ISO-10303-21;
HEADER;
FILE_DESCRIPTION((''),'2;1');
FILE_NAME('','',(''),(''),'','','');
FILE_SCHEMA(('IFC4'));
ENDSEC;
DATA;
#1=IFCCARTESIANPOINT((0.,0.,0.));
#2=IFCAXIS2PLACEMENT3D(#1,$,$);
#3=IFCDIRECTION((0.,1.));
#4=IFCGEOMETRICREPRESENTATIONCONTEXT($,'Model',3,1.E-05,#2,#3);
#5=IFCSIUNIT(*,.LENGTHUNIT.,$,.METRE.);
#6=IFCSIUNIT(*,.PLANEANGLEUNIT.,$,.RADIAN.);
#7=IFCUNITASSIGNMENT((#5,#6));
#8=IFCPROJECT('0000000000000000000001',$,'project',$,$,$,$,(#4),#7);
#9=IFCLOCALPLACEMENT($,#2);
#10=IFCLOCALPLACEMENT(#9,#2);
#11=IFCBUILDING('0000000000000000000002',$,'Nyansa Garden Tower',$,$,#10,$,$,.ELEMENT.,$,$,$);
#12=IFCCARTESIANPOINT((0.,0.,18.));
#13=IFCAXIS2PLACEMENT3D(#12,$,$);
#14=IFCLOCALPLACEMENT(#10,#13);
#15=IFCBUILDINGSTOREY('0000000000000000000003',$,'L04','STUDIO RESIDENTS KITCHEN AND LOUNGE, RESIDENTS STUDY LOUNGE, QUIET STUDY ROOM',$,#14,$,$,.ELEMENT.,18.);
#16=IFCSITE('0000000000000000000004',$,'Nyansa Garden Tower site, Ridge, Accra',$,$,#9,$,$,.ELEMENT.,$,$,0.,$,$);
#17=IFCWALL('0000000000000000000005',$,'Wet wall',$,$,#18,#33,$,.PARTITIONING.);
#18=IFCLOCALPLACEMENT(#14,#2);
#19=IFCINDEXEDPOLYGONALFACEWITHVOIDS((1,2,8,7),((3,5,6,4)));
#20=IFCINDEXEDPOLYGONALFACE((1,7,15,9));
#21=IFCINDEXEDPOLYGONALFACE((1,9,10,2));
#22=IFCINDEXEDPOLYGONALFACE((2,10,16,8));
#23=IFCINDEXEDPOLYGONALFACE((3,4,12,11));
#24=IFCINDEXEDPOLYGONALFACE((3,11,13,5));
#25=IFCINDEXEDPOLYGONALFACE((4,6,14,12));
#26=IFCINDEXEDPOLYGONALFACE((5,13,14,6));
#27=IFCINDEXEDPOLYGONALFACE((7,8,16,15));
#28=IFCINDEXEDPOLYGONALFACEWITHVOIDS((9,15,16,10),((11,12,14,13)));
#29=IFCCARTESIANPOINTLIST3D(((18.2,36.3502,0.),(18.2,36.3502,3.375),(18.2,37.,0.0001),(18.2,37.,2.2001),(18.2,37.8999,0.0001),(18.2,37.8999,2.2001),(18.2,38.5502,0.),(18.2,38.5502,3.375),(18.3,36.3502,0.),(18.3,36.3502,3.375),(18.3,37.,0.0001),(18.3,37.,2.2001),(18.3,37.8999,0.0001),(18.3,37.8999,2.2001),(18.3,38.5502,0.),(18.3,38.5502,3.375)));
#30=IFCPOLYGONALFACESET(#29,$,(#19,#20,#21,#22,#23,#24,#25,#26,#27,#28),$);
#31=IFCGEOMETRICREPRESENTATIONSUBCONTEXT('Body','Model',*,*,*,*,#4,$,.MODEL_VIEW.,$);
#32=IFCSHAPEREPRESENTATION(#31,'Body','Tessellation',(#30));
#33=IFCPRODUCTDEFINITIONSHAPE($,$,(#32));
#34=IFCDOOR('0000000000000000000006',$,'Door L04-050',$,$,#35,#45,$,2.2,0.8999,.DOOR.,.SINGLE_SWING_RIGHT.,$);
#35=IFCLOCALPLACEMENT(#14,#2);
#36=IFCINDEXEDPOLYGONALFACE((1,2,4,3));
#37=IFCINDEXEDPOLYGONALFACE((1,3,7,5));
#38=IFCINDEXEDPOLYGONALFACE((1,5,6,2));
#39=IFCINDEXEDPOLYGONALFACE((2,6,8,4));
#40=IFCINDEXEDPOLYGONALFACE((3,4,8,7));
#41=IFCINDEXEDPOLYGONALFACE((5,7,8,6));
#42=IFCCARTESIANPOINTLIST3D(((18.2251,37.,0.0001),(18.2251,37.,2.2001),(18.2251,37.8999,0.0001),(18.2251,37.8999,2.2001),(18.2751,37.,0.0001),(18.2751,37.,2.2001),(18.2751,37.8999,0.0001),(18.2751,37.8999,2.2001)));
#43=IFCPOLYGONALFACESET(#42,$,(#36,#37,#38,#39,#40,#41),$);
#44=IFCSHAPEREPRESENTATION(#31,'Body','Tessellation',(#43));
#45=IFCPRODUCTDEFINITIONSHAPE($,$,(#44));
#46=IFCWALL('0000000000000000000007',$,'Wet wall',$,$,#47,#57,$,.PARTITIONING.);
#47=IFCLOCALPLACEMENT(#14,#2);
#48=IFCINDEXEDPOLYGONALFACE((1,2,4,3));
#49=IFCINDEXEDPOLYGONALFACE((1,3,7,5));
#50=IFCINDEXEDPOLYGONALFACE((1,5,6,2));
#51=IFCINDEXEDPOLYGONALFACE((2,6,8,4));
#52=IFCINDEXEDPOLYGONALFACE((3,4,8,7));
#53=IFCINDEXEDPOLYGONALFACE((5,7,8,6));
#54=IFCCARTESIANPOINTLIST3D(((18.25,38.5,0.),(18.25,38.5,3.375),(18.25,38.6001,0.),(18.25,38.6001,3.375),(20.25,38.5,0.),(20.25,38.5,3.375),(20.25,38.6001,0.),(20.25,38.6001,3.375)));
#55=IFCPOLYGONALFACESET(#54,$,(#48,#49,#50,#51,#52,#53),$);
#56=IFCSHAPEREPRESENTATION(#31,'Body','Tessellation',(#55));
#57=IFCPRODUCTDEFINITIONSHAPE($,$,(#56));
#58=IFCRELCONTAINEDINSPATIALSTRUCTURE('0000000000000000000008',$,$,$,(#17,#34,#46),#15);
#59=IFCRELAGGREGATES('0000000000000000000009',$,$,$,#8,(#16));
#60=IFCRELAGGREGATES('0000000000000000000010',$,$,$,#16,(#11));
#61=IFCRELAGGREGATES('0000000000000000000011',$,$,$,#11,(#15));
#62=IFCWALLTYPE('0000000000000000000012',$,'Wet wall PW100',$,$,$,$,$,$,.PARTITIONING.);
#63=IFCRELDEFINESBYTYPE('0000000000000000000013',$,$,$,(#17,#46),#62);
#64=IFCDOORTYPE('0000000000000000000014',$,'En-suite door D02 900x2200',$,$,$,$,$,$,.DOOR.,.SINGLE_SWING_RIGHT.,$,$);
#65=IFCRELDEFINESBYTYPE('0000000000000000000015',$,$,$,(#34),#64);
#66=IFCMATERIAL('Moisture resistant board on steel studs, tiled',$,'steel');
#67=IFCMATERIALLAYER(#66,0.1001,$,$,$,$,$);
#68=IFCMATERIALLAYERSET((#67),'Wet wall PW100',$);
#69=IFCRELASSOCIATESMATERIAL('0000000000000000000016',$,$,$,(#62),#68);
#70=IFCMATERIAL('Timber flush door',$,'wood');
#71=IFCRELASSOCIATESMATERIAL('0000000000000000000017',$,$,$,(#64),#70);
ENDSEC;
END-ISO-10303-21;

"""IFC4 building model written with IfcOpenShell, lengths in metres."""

from ifc_helpers import new_model, si_unit, direction, frame, frame_2d, origin, place, context, subcontext, project, spatial, rectangle, extrude, material, layer, layer_set, type_object, element, fill, save


model = new_model("IFC4")

# Units and contexts
model_context = context("Model", 3, precision=1e-05, world=origin(), true_north=direction((0.0, 1.0)))
body_context = subcontext(model_context, "Body", "Model", "MODEL_VIEW")
ifc_project = project(units=[si_unit("LENGTHUNIT", "METRE"), si_unit("PLANEANGLEUNIT", "RADIAN")], contexts=[model_context])

# Site, building, storey
site_placement = place(None, origin())
site = spatial("IfcSite", under=ifc_project, at=site_placement, Name="Nyansa Garden Tower site, Ridge, Accra", CompositionType="ELEMENT", RefElevation=0.0)
building_placement = place(site_placement, origin())
building = spatial("IfcBuilding", under=site, at=building_placement, Name="Nyansa Garden Tower", CompositionType="ELEMENT")
storey_placement = place(building_placement, frame((0.0, 0.0, 18.0)))
storey = spatial("IfcBuildingStorey", under=building, at=storey_placement, Name="L04", Description="STUDIO RESIDENTS KITCHEN AND LOUNGE, RESIDENTS STUDY LOUNGE, QUIET STUDY ROOM", CompositionType="ELEMENT", Elevation=18.0)

# Shared definitions
ifc_material_1 = material(Name="Moisture resistant board on steel studs, tiled", Category="steel")
ifc_layer_1 = layer(ifc_material_1, 0.1001)
ifc_layer_set_1 = layer_set([ifc_layer_1], Name="Wet wall PW100")
wall_type_1 = type_object("IfcWallType", Name="Wet wall PW100", PredefinedType="PARTITIONING", material=ifc_layer_set_1)
ifc_material_2 = material(Name="Timber flush door", Category="wood")
door_type_1 = type_object("IfcDoorType", Name="En-suite door D02 900x2200", OperationType="SINGLE_SWING_RIGHT", PredefinedType="DOOR", material=ifc_material_2)

# Wall, opening, door
wall_1_placement = place(storey_placement, frame((18.25, 36.3501, 0.0), z_axis=(0.0, 0.0, 1.0), x_axis=(0.0, 1.0, 0.0)))
wall_1 = element("IfcWall", 1, at=wall_1_placement, inside=storey, type_object=wall_type_1, Name="Wet wall", PredefinedType="PARTITIONING", context=body_context, shape_type="SweptSolid", body=[
    extrude(rectangle(XDim=2.2, YDim=0.1001, at=frame_2d((1.1001, 0.0))), origin(), (0.0, 0.0, 1.0), 3.375),
])
opening_1_placement = place(wall_1_placement, frame((0.6499, 0.0, 0.0)))
opening_1 = element("IfcOpeningElement", 2, at=opening_1_placement, cuts=wall_1, PredefinedType="OPENING", context=body_context, shape_type="SweptSolid", body=[
    extrude(rectangle(XDim=0.8999, YDim=2.2, at=frame_2d((0.45, 1.1001))), frame((0.0, 0.0601, 0.0), z_axis=(0.0, -1.0, 0.0), x_axis=(1.0, 0.0, 0.0)), (0.0, 0.0, 1.0), 0.1201),
])
door_1_placement = place(opening_1_placement, origin())
door_1 = element("IfcDoor", 3, at=door_1_placement, inside=storey, type_object=door_type_1, Name="Door L04-050", OperationType="SINGLE_SWING_RIGHT", OverallHeight=2.2, OverallWidth=0.8999, PredefinedType="DOOR", context=body_context, shape_type="SweptSolid", body=[
    extrude(rectangle(XDim=0.8999, YDim=2.2, at=frame_2d((0.45, 1.1001))), frame((0.0, 0.0249, 0.0), z_axis=(0.0, -1.0, 0.0), x_axis=(1.0, 0.0, 0.0)), (0.0, 0.0, 1.0), 0.05),
])
fill(opening_1, door_1)

# Wall
wall_2_placement = place(storey_placement, frame((18.25, 38.55, 0.0), z_axis=(0.0, 0.0, 1.0), x_axis=(1.0, 0.0, 0.0)))
element("IfcWall", 4, at=wall_2_placement, inside=storey, type_object=wall_type_1, Name="Wet wall", PredefinedType="PARTITIONING", context=body_context, shape_type="SweptSolid", body=[
    extrude(rectangle(XDim=2.0, YDim=0.1001, at=frame_2d((1.0, 0.0))), origin(), (0.0, 0.0, 1.0), 3.375),
])

save(model, "model.ifc")
